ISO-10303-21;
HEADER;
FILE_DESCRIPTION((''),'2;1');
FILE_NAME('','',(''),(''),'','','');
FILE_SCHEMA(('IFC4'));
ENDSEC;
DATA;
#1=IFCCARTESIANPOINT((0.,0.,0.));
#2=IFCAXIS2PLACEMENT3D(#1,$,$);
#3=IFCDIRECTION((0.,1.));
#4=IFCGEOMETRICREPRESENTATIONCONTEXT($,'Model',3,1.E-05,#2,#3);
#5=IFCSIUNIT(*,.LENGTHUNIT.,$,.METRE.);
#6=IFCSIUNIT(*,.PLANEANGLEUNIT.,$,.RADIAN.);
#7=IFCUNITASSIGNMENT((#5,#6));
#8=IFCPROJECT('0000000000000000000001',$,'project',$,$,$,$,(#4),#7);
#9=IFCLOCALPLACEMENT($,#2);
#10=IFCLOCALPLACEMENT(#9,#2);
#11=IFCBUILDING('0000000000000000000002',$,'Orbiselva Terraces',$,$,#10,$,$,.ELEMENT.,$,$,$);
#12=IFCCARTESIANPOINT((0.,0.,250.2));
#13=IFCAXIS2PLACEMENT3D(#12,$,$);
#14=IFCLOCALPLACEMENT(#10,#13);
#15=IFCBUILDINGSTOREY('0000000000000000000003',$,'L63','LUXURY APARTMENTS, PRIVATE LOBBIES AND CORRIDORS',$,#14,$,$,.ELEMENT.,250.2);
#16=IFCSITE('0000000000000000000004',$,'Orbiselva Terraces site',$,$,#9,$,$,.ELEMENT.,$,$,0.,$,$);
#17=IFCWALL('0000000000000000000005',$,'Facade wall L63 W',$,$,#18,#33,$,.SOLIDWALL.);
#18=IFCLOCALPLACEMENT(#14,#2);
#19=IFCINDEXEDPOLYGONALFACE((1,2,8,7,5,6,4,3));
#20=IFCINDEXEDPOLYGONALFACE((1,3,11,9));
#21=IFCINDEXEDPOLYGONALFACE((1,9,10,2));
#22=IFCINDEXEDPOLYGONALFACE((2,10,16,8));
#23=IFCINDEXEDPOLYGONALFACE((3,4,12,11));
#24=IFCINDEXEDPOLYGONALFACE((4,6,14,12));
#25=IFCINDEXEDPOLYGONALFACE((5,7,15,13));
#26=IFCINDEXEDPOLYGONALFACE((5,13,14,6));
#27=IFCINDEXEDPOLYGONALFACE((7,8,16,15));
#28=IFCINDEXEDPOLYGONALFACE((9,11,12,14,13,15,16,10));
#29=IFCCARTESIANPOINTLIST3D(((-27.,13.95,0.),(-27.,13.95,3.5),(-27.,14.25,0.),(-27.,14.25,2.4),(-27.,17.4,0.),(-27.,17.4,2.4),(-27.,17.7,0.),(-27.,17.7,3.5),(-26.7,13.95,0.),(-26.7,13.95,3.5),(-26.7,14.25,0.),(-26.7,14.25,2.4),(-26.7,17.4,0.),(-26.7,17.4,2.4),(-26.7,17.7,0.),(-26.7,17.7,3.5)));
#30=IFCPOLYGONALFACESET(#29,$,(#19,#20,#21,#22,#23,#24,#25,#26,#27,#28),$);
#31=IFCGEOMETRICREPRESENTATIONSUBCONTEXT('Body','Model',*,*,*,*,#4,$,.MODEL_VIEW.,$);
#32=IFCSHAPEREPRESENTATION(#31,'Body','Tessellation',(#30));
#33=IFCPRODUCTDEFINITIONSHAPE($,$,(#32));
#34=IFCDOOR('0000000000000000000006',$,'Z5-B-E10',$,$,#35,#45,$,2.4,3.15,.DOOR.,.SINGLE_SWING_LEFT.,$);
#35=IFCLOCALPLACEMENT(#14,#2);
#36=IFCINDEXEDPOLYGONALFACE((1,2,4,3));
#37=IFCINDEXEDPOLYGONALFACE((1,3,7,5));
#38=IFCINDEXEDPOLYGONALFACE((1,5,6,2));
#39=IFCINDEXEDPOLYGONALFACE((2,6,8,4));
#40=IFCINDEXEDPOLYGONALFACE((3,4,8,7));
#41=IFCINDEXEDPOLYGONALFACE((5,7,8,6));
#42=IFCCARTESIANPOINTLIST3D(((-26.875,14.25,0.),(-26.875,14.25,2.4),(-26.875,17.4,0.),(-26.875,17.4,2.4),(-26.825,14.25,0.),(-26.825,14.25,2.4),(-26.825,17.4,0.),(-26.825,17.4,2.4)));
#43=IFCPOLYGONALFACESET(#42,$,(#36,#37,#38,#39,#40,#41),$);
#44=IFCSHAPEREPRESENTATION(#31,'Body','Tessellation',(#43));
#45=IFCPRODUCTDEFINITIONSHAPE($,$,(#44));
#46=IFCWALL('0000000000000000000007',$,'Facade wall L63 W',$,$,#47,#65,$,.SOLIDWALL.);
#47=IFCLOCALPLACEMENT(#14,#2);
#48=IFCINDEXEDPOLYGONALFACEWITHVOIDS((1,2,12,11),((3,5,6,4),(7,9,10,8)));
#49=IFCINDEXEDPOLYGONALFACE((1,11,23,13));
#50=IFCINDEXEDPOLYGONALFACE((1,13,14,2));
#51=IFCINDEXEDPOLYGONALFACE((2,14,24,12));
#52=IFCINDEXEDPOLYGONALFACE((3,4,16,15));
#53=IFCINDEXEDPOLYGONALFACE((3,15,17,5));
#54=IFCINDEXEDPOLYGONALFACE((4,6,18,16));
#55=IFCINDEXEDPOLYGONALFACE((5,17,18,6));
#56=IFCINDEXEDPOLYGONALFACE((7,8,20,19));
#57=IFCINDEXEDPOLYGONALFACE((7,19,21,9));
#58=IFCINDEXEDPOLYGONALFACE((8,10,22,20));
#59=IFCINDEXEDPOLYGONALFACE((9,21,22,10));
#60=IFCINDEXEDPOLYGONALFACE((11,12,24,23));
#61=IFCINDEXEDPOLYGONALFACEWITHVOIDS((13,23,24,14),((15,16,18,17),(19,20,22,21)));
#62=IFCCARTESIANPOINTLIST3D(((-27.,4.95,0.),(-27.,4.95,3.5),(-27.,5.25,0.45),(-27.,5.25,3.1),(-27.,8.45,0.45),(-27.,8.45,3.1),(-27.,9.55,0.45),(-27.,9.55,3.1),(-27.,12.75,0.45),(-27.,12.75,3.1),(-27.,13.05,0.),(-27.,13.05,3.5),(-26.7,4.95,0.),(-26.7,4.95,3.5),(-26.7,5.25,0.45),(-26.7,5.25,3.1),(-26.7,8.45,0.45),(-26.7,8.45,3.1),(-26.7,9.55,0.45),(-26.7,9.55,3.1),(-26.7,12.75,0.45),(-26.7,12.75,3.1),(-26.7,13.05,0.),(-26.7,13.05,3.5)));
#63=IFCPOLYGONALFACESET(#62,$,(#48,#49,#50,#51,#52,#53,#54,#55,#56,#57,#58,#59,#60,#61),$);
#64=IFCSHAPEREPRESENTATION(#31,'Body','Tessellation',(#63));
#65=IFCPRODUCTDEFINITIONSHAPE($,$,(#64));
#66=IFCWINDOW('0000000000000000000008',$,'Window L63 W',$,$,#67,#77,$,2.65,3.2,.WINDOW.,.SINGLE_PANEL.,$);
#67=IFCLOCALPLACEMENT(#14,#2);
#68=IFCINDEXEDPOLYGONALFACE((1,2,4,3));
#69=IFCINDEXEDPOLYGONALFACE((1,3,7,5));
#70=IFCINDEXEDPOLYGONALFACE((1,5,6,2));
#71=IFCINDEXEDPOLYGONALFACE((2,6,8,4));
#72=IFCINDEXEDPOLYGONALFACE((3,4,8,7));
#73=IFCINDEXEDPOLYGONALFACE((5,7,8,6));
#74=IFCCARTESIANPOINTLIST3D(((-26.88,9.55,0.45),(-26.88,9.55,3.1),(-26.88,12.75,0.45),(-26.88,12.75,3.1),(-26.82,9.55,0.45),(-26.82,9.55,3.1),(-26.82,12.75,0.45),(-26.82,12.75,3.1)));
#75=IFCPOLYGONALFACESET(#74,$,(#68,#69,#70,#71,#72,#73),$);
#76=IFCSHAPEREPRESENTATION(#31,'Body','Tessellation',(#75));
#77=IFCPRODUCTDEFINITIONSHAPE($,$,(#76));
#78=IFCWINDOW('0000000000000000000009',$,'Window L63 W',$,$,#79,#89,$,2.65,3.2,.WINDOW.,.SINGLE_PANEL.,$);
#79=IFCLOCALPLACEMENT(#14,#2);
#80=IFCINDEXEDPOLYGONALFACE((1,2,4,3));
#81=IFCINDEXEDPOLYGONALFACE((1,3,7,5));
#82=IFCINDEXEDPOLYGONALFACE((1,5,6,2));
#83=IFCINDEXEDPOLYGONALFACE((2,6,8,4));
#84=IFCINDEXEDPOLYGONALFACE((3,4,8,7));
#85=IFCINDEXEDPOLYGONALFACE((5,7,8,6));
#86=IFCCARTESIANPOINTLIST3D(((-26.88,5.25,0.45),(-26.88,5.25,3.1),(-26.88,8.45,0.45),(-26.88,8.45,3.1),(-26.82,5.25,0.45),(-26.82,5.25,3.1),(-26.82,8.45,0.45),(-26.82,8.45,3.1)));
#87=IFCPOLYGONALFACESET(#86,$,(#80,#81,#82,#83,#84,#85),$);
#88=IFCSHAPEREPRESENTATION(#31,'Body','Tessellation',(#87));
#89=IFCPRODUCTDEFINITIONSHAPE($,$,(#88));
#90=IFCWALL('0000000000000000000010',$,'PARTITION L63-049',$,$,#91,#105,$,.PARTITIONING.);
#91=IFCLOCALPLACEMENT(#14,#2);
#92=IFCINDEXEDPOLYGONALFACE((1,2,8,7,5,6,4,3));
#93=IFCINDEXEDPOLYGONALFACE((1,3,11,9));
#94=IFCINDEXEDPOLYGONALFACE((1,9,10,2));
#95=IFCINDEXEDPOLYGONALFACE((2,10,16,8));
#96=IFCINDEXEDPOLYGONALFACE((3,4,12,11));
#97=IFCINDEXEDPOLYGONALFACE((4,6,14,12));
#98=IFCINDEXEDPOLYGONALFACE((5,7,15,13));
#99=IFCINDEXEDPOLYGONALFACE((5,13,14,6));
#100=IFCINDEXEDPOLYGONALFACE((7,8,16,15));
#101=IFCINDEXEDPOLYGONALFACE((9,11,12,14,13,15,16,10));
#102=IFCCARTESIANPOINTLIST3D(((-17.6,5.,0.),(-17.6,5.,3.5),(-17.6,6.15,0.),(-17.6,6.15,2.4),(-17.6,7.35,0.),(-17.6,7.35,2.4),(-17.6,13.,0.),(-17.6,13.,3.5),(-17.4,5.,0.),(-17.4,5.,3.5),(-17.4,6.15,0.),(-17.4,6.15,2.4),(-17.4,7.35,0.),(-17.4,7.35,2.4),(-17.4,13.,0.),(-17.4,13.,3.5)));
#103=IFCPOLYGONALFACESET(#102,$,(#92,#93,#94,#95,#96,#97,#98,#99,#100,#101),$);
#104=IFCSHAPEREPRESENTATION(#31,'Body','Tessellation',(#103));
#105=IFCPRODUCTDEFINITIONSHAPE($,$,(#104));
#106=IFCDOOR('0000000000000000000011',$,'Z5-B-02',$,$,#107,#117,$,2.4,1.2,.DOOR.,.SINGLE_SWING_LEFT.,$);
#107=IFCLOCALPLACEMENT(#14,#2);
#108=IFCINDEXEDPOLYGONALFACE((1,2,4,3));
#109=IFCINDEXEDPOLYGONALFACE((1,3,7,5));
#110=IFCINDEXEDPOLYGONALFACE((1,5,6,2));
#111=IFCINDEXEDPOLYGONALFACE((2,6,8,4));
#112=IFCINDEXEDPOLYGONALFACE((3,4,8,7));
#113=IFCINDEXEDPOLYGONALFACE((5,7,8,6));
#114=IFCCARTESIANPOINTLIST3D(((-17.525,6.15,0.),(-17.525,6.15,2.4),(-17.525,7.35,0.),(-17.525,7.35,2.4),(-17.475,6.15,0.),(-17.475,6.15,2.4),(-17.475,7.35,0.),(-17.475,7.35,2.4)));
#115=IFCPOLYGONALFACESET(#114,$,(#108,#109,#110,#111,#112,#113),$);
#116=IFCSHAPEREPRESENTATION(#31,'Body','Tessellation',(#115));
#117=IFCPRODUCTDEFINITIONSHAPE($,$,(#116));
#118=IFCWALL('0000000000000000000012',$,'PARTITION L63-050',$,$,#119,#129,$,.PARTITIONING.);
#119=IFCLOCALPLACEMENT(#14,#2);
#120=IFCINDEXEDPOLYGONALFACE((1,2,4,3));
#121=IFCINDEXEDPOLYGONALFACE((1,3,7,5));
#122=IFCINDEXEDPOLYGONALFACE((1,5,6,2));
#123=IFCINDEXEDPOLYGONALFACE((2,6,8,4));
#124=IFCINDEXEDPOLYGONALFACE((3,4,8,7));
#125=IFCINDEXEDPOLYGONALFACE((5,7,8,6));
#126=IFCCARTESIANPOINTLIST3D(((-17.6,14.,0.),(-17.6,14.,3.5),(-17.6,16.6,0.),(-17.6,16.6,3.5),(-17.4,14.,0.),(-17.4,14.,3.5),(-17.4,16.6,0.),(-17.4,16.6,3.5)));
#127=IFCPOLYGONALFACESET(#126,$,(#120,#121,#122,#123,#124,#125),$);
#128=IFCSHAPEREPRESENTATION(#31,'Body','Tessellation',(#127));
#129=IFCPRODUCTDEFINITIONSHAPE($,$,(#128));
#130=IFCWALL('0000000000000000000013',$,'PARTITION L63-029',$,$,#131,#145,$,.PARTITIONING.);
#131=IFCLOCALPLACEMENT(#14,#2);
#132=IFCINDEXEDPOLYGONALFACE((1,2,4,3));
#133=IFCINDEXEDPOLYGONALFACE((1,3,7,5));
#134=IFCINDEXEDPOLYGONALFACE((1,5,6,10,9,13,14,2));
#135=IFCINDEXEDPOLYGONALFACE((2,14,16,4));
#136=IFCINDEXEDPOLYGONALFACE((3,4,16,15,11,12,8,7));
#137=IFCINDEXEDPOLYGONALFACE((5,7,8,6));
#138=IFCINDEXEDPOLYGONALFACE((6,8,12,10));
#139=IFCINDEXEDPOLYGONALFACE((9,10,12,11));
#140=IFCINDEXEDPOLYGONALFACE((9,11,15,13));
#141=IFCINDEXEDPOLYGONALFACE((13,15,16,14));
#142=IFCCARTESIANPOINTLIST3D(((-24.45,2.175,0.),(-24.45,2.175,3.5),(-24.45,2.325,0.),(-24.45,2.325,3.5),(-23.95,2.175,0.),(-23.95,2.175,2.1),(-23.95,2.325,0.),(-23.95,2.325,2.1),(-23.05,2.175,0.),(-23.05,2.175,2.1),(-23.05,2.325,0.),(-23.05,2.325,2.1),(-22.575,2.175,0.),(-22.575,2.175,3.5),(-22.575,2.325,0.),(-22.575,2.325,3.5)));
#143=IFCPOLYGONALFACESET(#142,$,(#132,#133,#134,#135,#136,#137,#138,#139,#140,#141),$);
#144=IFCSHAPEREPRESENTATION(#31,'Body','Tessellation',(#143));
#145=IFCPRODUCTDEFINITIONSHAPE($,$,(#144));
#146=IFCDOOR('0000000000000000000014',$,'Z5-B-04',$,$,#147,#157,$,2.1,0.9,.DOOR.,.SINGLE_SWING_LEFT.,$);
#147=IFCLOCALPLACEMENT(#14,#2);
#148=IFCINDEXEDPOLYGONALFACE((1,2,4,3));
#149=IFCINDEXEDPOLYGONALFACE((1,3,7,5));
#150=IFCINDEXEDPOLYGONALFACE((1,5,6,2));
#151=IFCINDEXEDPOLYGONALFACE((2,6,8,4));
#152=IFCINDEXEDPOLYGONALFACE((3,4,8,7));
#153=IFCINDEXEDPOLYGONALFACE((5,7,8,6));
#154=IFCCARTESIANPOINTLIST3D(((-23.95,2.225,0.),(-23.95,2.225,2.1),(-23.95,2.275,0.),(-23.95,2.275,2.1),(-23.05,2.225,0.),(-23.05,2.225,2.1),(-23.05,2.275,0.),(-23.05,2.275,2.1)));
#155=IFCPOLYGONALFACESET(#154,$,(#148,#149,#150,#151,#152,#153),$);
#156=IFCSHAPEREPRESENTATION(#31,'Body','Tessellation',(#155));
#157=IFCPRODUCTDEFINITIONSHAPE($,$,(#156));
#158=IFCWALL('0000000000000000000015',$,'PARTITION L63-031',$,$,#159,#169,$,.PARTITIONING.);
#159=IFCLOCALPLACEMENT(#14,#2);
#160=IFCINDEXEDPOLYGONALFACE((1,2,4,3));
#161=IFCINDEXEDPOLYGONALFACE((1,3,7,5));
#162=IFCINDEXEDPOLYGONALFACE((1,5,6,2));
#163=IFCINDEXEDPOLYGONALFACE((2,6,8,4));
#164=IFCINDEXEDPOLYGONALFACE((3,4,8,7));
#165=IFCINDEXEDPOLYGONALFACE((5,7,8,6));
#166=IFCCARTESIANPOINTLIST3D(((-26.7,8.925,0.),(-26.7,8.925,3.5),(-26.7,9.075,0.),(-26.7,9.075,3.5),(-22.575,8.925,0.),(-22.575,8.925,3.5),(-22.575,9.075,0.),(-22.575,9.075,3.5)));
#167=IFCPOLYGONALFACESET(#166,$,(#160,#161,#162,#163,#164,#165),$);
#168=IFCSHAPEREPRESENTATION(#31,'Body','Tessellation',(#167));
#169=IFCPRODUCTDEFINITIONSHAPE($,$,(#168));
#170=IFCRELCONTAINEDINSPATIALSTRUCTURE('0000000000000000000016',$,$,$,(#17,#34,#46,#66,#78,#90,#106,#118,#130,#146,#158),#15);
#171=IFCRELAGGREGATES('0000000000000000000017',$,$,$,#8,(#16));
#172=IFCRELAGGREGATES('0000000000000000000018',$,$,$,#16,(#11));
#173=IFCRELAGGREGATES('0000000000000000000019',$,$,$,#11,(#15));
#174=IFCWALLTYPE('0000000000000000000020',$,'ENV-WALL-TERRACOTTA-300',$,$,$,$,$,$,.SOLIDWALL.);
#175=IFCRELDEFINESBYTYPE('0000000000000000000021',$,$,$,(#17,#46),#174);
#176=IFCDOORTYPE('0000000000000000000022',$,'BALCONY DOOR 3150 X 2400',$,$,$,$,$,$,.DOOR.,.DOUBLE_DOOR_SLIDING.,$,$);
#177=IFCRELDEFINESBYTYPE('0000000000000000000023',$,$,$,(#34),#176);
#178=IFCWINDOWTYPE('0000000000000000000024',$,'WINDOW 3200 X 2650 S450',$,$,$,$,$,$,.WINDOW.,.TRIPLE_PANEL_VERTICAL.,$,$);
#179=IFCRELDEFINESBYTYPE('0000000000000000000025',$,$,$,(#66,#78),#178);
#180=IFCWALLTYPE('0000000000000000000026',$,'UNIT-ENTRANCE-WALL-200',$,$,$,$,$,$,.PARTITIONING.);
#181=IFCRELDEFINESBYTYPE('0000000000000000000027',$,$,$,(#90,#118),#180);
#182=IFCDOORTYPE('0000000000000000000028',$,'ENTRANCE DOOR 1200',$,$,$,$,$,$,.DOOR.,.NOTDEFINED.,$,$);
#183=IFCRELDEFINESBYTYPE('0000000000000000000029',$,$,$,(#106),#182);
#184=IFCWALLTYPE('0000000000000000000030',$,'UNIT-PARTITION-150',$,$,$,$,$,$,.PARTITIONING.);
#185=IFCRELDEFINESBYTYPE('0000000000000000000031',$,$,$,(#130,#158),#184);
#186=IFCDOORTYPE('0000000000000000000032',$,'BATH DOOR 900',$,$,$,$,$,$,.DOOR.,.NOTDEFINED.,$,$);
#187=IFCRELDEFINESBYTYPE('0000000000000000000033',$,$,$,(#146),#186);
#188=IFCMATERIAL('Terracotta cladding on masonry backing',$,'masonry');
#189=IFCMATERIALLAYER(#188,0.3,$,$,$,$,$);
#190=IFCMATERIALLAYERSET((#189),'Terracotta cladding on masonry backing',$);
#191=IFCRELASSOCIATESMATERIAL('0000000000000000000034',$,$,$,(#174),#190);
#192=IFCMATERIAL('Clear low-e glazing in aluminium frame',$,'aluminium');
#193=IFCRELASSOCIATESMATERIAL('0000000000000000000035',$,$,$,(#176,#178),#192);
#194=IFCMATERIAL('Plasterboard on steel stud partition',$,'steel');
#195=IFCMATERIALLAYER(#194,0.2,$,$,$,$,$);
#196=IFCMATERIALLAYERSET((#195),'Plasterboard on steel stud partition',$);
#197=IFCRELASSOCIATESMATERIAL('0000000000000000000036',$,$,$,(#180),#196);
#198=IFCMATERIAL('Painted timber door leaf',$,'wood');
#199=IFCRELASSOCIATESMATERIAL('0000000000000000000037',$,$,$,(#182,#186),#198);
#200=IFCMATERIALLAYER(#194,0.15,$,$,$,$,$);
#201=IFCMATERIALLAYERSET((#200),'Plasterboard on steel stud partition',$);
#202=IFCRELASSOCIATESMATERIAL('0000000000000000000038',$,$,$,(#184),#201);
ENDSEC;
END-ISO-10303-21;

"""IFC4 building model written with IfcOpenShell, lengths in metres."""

from ifc_helpers import new_model, si_unit, direction, frame, frame_2d, origin, place, context, subcontext, project, spatial, rectangle, extrude, material, layer, layer_set, type_object, element, fill, save


model = new_model("IFC4")

# Units and contexts
model_context = context("Model", 3, precision=1e-05, world=origin(), true_north=direction((0.0, 1.0)))
body_context = subcontext(model_context, "Body", "Model", "MODEL_VIEW")
ifc_project = project(units=[si_unit("LENGTHUNIT", "METRE"), si_unit("PLANEANGLEUNIT", "RADIAN")], contexts=[model_context])

# Site, building, storey
site_placement = place(None, origin())
site = spatial("IfcSite", under=ifc_project, at=site_placement, Name="Orbiselva Terraces site", CompositionType="ELEMENT", RefElevation=0.0)
building_placement = place(site_placement, origin())
building = spatial("IfcBuilding", under=site, at=building_placement, Name="Orbiselva Terraces", CompositionType="ELEMENT")
storey_placement = place(building_placement, frame((0.0, 0.0, 250.2)))
storey = spatial("IfcBuildingStorey", under=building, at=storey_placement, Name="L63", Description="LUXURY APARTMENTS, PRIVATE LOBBIES AND CORRIDORS", CompositionType="ELEMENT", Elevation=250.2)

# Wall, opening, door
ifc_material_1 = material(Name="Terracotta cladding on masonry backing", Category="masonry")
ifc_layer_1 = layer(ifc_material_1, 0.3)
ifc_layer_set_1 = layer_set([ifc_layer_1], Name="Terracotta cladding on masonry backing")
wall_type_1 = type_object("IfcWallType", Name="ENV-WALL-TERRACOTTA-300", PredefinedType="SOLIDWALL", material=ifc_layer_set_1)
wall_1_placement = place(storey_placement, frame((-26.85, 13.95, 0.0), z_axis=(0.0, 0.0, 1.0), x_axis=(0.0, 1.0, 0.0)))
wall_1 = element("IfcWall", 1, at=wall_1_placement, inside=storey, type_object=wall_type_1, Name="Facade wall L63 W", PredefinedType="SOLIDWALL", context=body_context, shape_type="SweptSolid", body=[
    extrude(rectangle(XDim=3.75, YDim=0.3, at=frame_2d((1.875, 0.0))), origin(), (0.0, 0.0, 1.0), 3.5),
])
opening_1_placement = place(wall_1_placement, frame((0.3, 0.0, 0.0)))
opening_1 = element("IfcOpeningElement", 2, at=opening_1_placement, cuts=wall_1, PredefinedType="OPENING", context=body_context, shape_type="SweptSolid", body=[
    extrude(rectangle(XDim=3.15, YDim=2.4, at=frame_2d((1.575, 1.2))), frame((0.0, 0.16, 0.0), z_axis=(0.0, -1.0, 0.0), x_axis=(1.0, 0.0, 0.0)), (0.0, 0.0, 1.0), 0.32),
])
ifc_material_2 = material(Name="Clear low-e glazing in aluminium frame", Category="aluminium")
door_type_1 = type_object("IfcDoorType", Name="BALCONY DOOR 3150 X 2400", OperationType="DOUBLE_DOOR_SLIDING", PredefinedType="DOOR", material=ifc_material_2)
door_1_placement = place(opening_1_placement, origin())
door_1 = element("IfcDoor", 3, at=door_1_placement, inside=storey, type_object=door_type_1, Name="Z5-B-E10", OperationType="SINGLE_SWING_LEFT", OverallHeight=2.4, OverallWidth=3.15, PredefinedType="DOOR", context=body_context, shape_type="SweptSolid", body=[
    extrude(rectangle(XDim=3.15, YDim=2.4, at=frame_2d((1.575, 1.2))), frame((0.0, 0.025, 0.0), z_axis=(0.0, -1.0, 0.0), x_axis=(1.0, 0.0, 0.0)), (0.0, 0.0, 1.0), 0.05),
])
fill(opening_1, door_1)

# Wall, openings, windows
wall_2_placement = place(storey_placement, frame((-26.85, 4.95, 0.0), z_axis=(0.0, 0.0, 1.0), x_axis=(0.0, 1.0, 0.0)))
wall_2 = element("IfcWall", 4, at=wall_2_placement, inside=storey, type_object=wall_type_1, Name="Facade wall L63 W", PredefinedType="SOLIDWALL", context=body_context, shape_type="SweptSolid", body=[
    extrude(rectangle(XDim=8.1, YDim=0.3, at=frame_2d((4.05, 0.0))), origin(), (0.0, 0.0, 1.0), 3.5),
])
opening_2_placement = place(wall_2_placement, frame((4.6, 0.0, 0.45)))
opening_2 = element("IfcOpeningElement", 5, at=opening_2_placement, cuts=wall_2, PredefinedType="OPENING", context=body_context, shape_type="SweptSolid", body=[
    extrude(rectangle(XDim=3.2, YDim=2.65, at=frame_2d((1.6, 1.325))), frame((0.0, 0.16, 0.0), z_axis=(0.0, -1.0, 0.0), x_axis=(1.0, 0.0, 0.0)), (0.0, 0.0, 1.0), 0.32),
])
opening_3_placement = place(wall_2_placement, frame((0.3, 0.0, 0.45)))
opening_3 = element("IfcOpeningElement", 6, at=opening_3_placement, cuts=wall_2, PredefinedType="OPENING", context=body_context, shape_type="SweptSolid", body=[
    extrude(rectangle(XDim=3.2, YDim=2.65, at=frame_2d((1.6, 1.325))), frame((0.0, 0.16, 0.0), z_axis=(0.0, -1.0, 0.0), x_axis=(1.0, 0.0, 0.0)), (0.0, 0.0, 1.0), 0.32),
])
window_type = type_object("IfcWindowType", Name="WINDOW 3200 X 2650 S450", PartitioningType="TRIPLE_PANEL_VERTICAL", PredefinedType="WINDOW", material=ifc_material_2)
window_1_placement = place(opening_2_placement, origin())
window_1 = element("IfcWindow", 7, at=window_1_placement, inside=storey, type_object=window_type, Name="Window L63 W", OverallHeight=2.65, OverallWidth=3.2, PartitioningType="SINGLE_PANEL", PredefinedType="WINDOW", context=body_context, shape_type="SweptSolid", body=[
    extrude(rectangle(XDim=3.2, YDim=2.65, at=frame_2d((1.6, 1.325))), frame((0.0, 0.03, 0.0), z_axis=(0.0, -1.0, 0.0), x_axis=(1.0, 0.0, 0.0)), (0.0, 0.0, 1.0), 0.06),
])
fill(opening_2, window_1)
window_2_placement = place(opening_3_placement, origin())
window_2 = element("IfcWindow", 8, at=window_2_placement, inside=storey, type_object=window_type, Name="Window L63 W", OverallHeight=2.65, OverallWidth=3.2, PartitioningType="SINGLE_PANEL", PredefinedType="WINDOW", context=body_context, shape_type="SweptSolid", body=[
    extrude(rectangle(XDim=3.2, YDim=2.65, at=frame_2d((1.6, 1.325))), frame((0.0, 0.03, 0.0), z_axis=(0.0, -1.0, 0.0), x_axis=(1.0, 0.0, 0.0)), (0.0, 0.0, 1.0), 0.06),
])
fill(opening_3, window_2)

# Wall, opening, door
ifc_material_3 = material(Name="Plasterboard on steel stud partition", Category="steel")
ifc_layer_2 = layer(ifc_material_3, 0.2)
ifc_layer_set_2 = layer_set([ifc_layer_2], Name="Plasterboard on steel stud partition")
wall_type_2 = type_object("IfcWallType", Name="UNIT-ENTRANCE-WALL-200", PredefinedType="PARTITIONING", material=ifc_layer_set_2)
wall_3_placement = place(storey_placement, frame((-17.5, 5.0, 0.0), z_axis=(0.0, 0.0, 1.0), x_axis=(0.0, 1.0, 0.0)))
wall_3 = element("IfcWall", 9, at=wall_3_placement, inside=storey, type_object=wall_type_2, Name="PARTITION L63-049", PredefinedType="PARTITIONING", context=body_context, shape_type="SweptSolid", body=[
    extrude(rectangle(XDim=8.0, YDim=0.2, at=frame_2d((4.0, 0.0))), origin(), (0.0, 0.0, 1.0), 3.5),
])
opening_4_placement = place(wall_3_placement, frame((1.15, 0.0, 0.0)))
opening_4 = element("IfcOpeningElement", 10, at=opening_4_placement, cuts=wall_3, PredefinedType="OPENING", context=body_context, shape_type="SweptSolid", body=[
    extrude(rectangle(XDim=1.2, YDim=2.4, at=frame_2d((0.6, 1.2))), frame((0.0, 0.11, 0.0), z_axis=(0.0, -1.0, 0.0), x_axis=(1.0, 0.0, 0.0)), (0.0, 0.0, 1.0), 0.22),
])
ifc_material_4 = material(Name="Painted timber door leaf", Category="wood")
door_type_2 = type_object("IfcDoorType", Name="ENTRANCE DOOR 1200", OperationType="NOTDEFINED", PredefinedType="DOOR", material=ifc_material_4)
door_2_placement = place(opening_4_placement, origin())
door_2 = element("IfcDoor", 11, at=door_2_placement, inside=storey, type_object=door_type_2, Name="Z5-B-02", OperationType="SINGLE_SWING_LEFT", OverallHeight=2.4, OverallWidth=1.2, PredefinedType="DOOR", context=body_context, shape_type="SweptSolid", body=[
    extrude(rectangle(XDim=1.2, YDim=2.4, at=frame_2d((0.6, 1.2))), frame((0.0, 0.025, 0.0), z_axis=(0.0, -1.0, 0.0), x_axis=(1.0, 0.0, 0.0)), (0.0, 0.0, 1.0), 0.05),
])
fill(opening_4, door_2)

# Wall
wall_4_placement = place(storey_placement, frame((-17.5, 14.0, 0.0), z_axis=(0.0, 0.0, 1.0), x_axis=(0.0, 1.0, 0.0)))
element("IfcWall", 12, at=wall_4_placement, inside=storey, type_object=wall_type_2, Name="PARTITION L63-050", PredefinedType="PARTITIONING", context=body_context, shape_type="SweptSolid", body=[
    extrude(rectangle(XDim=2.6, YDim=0.2, at=frame_2d((1.3, 0.0))), origin(), (0.0, 0.0, 1.0), 3.5),
])

# Wall, opening, door
ifc_layer_3 = layer(ifc_material_3, 0.15)
ifc_layer_set_3 = layer_set([ifc_layer_3], Name="Plasterboard on steel stud partition")
wall_type_3 = type_object("IfcWallType", Name="UNIT-PARTITION-150", PredefinedType="PARTITIONING", material=ifc_layer_set_3)
wall_5_placement = place(storey_placement, frame((-22.575, 2.25, 0.0), z_axis=(0.0, 0.0, 1.0), x_axis=(-1.0, 0.0, 0.0)))
wall_5 = element("IfcWall", 13, at=wall_5_placement, inside=storey, type_object=wall_type_3, Name="PARTITION L63-029", PredefinedType="PARTITIONING", context=body_context, shape_type="SweptSolid", body=[
    extrude(rectangle(XDim=1.875, YDim=0.15, at=frame_2d((0.9375, 0.0))), origin(), (0.0, 0.0, 1.0), 3.5),
])
opening_5_placement = place(wall_5_placement, frame((0.475, 0.0, 0.0)))
opening_5 = element("IfcOpeningElement", 14, at=opening_5_placement, cuts=wall_5, PredefinedType="OPENING", context=body_context, shape_type="SweptSolid", body=[
    extrude(rectangle(XDim=0.9, YDim=2.1, at=frame_2d((0.45, 1.05))), frame((0.0, 0.085, 0.0), z_axis=(0.0, -1.0, 0.0), x_axis=(1.0, 0.0, 0.0)), (0.0, 0.0, 1.0), 0.17),
])
door_type_3 = type_object("IfcDoorType", Name="BATH DOOR 900", OperationType="NOTDEFINED", PredefinedType="DOOR", material=ifc_material_4)
door_3_placement = place(opening_5_placement, origin())
door_3 = element("IfcDoor", 15, at=door_3_placement, inside=storey, type_object=door_type_3, Name="Z5-B-04", OperationType="SINGLE_SWING_LEFT", OverallHeight=2.1, OverallWidth=0.9, PredefinedType="DOOR", context=body_context, shape_type="SweptSolid", body=[
    extrude(rectangle(XDim=0.9, YDim=2.1, at=frame_2d((0.45, 1.05))), frame((0.0, 0.025, 0.0), z_axis=(0.0, -1.0, 0.0), x_axis=(1.0, 0.0, 0.0)), (0.0, 0.0, 1.0), 0.05),
])
fill(opening_5, door_3)

# Wall
wall_6_placement = place(storey_placement, frame((-26.7, 9.0, 0.0), z_axis=(0.0, 0.0, 1.0), x_axis=(1.0, 0.0, 0.0)))
element("IfcWall", 16, at=wall_6_placement, inside=storey, type_object=wall_type_3, Name="PARTITION L63-031", PredefinedType="PARTITIONING", context=body_context, shape_type="SweptSolid", body=[
    extrude(rectangle(XDim=4.125, YDim=0.15, at=frame_2d((2.0625, 0.0))), origin(), (0.0, 0.0, 1.0), 3.5),
])

save(model, "model.ifc")
